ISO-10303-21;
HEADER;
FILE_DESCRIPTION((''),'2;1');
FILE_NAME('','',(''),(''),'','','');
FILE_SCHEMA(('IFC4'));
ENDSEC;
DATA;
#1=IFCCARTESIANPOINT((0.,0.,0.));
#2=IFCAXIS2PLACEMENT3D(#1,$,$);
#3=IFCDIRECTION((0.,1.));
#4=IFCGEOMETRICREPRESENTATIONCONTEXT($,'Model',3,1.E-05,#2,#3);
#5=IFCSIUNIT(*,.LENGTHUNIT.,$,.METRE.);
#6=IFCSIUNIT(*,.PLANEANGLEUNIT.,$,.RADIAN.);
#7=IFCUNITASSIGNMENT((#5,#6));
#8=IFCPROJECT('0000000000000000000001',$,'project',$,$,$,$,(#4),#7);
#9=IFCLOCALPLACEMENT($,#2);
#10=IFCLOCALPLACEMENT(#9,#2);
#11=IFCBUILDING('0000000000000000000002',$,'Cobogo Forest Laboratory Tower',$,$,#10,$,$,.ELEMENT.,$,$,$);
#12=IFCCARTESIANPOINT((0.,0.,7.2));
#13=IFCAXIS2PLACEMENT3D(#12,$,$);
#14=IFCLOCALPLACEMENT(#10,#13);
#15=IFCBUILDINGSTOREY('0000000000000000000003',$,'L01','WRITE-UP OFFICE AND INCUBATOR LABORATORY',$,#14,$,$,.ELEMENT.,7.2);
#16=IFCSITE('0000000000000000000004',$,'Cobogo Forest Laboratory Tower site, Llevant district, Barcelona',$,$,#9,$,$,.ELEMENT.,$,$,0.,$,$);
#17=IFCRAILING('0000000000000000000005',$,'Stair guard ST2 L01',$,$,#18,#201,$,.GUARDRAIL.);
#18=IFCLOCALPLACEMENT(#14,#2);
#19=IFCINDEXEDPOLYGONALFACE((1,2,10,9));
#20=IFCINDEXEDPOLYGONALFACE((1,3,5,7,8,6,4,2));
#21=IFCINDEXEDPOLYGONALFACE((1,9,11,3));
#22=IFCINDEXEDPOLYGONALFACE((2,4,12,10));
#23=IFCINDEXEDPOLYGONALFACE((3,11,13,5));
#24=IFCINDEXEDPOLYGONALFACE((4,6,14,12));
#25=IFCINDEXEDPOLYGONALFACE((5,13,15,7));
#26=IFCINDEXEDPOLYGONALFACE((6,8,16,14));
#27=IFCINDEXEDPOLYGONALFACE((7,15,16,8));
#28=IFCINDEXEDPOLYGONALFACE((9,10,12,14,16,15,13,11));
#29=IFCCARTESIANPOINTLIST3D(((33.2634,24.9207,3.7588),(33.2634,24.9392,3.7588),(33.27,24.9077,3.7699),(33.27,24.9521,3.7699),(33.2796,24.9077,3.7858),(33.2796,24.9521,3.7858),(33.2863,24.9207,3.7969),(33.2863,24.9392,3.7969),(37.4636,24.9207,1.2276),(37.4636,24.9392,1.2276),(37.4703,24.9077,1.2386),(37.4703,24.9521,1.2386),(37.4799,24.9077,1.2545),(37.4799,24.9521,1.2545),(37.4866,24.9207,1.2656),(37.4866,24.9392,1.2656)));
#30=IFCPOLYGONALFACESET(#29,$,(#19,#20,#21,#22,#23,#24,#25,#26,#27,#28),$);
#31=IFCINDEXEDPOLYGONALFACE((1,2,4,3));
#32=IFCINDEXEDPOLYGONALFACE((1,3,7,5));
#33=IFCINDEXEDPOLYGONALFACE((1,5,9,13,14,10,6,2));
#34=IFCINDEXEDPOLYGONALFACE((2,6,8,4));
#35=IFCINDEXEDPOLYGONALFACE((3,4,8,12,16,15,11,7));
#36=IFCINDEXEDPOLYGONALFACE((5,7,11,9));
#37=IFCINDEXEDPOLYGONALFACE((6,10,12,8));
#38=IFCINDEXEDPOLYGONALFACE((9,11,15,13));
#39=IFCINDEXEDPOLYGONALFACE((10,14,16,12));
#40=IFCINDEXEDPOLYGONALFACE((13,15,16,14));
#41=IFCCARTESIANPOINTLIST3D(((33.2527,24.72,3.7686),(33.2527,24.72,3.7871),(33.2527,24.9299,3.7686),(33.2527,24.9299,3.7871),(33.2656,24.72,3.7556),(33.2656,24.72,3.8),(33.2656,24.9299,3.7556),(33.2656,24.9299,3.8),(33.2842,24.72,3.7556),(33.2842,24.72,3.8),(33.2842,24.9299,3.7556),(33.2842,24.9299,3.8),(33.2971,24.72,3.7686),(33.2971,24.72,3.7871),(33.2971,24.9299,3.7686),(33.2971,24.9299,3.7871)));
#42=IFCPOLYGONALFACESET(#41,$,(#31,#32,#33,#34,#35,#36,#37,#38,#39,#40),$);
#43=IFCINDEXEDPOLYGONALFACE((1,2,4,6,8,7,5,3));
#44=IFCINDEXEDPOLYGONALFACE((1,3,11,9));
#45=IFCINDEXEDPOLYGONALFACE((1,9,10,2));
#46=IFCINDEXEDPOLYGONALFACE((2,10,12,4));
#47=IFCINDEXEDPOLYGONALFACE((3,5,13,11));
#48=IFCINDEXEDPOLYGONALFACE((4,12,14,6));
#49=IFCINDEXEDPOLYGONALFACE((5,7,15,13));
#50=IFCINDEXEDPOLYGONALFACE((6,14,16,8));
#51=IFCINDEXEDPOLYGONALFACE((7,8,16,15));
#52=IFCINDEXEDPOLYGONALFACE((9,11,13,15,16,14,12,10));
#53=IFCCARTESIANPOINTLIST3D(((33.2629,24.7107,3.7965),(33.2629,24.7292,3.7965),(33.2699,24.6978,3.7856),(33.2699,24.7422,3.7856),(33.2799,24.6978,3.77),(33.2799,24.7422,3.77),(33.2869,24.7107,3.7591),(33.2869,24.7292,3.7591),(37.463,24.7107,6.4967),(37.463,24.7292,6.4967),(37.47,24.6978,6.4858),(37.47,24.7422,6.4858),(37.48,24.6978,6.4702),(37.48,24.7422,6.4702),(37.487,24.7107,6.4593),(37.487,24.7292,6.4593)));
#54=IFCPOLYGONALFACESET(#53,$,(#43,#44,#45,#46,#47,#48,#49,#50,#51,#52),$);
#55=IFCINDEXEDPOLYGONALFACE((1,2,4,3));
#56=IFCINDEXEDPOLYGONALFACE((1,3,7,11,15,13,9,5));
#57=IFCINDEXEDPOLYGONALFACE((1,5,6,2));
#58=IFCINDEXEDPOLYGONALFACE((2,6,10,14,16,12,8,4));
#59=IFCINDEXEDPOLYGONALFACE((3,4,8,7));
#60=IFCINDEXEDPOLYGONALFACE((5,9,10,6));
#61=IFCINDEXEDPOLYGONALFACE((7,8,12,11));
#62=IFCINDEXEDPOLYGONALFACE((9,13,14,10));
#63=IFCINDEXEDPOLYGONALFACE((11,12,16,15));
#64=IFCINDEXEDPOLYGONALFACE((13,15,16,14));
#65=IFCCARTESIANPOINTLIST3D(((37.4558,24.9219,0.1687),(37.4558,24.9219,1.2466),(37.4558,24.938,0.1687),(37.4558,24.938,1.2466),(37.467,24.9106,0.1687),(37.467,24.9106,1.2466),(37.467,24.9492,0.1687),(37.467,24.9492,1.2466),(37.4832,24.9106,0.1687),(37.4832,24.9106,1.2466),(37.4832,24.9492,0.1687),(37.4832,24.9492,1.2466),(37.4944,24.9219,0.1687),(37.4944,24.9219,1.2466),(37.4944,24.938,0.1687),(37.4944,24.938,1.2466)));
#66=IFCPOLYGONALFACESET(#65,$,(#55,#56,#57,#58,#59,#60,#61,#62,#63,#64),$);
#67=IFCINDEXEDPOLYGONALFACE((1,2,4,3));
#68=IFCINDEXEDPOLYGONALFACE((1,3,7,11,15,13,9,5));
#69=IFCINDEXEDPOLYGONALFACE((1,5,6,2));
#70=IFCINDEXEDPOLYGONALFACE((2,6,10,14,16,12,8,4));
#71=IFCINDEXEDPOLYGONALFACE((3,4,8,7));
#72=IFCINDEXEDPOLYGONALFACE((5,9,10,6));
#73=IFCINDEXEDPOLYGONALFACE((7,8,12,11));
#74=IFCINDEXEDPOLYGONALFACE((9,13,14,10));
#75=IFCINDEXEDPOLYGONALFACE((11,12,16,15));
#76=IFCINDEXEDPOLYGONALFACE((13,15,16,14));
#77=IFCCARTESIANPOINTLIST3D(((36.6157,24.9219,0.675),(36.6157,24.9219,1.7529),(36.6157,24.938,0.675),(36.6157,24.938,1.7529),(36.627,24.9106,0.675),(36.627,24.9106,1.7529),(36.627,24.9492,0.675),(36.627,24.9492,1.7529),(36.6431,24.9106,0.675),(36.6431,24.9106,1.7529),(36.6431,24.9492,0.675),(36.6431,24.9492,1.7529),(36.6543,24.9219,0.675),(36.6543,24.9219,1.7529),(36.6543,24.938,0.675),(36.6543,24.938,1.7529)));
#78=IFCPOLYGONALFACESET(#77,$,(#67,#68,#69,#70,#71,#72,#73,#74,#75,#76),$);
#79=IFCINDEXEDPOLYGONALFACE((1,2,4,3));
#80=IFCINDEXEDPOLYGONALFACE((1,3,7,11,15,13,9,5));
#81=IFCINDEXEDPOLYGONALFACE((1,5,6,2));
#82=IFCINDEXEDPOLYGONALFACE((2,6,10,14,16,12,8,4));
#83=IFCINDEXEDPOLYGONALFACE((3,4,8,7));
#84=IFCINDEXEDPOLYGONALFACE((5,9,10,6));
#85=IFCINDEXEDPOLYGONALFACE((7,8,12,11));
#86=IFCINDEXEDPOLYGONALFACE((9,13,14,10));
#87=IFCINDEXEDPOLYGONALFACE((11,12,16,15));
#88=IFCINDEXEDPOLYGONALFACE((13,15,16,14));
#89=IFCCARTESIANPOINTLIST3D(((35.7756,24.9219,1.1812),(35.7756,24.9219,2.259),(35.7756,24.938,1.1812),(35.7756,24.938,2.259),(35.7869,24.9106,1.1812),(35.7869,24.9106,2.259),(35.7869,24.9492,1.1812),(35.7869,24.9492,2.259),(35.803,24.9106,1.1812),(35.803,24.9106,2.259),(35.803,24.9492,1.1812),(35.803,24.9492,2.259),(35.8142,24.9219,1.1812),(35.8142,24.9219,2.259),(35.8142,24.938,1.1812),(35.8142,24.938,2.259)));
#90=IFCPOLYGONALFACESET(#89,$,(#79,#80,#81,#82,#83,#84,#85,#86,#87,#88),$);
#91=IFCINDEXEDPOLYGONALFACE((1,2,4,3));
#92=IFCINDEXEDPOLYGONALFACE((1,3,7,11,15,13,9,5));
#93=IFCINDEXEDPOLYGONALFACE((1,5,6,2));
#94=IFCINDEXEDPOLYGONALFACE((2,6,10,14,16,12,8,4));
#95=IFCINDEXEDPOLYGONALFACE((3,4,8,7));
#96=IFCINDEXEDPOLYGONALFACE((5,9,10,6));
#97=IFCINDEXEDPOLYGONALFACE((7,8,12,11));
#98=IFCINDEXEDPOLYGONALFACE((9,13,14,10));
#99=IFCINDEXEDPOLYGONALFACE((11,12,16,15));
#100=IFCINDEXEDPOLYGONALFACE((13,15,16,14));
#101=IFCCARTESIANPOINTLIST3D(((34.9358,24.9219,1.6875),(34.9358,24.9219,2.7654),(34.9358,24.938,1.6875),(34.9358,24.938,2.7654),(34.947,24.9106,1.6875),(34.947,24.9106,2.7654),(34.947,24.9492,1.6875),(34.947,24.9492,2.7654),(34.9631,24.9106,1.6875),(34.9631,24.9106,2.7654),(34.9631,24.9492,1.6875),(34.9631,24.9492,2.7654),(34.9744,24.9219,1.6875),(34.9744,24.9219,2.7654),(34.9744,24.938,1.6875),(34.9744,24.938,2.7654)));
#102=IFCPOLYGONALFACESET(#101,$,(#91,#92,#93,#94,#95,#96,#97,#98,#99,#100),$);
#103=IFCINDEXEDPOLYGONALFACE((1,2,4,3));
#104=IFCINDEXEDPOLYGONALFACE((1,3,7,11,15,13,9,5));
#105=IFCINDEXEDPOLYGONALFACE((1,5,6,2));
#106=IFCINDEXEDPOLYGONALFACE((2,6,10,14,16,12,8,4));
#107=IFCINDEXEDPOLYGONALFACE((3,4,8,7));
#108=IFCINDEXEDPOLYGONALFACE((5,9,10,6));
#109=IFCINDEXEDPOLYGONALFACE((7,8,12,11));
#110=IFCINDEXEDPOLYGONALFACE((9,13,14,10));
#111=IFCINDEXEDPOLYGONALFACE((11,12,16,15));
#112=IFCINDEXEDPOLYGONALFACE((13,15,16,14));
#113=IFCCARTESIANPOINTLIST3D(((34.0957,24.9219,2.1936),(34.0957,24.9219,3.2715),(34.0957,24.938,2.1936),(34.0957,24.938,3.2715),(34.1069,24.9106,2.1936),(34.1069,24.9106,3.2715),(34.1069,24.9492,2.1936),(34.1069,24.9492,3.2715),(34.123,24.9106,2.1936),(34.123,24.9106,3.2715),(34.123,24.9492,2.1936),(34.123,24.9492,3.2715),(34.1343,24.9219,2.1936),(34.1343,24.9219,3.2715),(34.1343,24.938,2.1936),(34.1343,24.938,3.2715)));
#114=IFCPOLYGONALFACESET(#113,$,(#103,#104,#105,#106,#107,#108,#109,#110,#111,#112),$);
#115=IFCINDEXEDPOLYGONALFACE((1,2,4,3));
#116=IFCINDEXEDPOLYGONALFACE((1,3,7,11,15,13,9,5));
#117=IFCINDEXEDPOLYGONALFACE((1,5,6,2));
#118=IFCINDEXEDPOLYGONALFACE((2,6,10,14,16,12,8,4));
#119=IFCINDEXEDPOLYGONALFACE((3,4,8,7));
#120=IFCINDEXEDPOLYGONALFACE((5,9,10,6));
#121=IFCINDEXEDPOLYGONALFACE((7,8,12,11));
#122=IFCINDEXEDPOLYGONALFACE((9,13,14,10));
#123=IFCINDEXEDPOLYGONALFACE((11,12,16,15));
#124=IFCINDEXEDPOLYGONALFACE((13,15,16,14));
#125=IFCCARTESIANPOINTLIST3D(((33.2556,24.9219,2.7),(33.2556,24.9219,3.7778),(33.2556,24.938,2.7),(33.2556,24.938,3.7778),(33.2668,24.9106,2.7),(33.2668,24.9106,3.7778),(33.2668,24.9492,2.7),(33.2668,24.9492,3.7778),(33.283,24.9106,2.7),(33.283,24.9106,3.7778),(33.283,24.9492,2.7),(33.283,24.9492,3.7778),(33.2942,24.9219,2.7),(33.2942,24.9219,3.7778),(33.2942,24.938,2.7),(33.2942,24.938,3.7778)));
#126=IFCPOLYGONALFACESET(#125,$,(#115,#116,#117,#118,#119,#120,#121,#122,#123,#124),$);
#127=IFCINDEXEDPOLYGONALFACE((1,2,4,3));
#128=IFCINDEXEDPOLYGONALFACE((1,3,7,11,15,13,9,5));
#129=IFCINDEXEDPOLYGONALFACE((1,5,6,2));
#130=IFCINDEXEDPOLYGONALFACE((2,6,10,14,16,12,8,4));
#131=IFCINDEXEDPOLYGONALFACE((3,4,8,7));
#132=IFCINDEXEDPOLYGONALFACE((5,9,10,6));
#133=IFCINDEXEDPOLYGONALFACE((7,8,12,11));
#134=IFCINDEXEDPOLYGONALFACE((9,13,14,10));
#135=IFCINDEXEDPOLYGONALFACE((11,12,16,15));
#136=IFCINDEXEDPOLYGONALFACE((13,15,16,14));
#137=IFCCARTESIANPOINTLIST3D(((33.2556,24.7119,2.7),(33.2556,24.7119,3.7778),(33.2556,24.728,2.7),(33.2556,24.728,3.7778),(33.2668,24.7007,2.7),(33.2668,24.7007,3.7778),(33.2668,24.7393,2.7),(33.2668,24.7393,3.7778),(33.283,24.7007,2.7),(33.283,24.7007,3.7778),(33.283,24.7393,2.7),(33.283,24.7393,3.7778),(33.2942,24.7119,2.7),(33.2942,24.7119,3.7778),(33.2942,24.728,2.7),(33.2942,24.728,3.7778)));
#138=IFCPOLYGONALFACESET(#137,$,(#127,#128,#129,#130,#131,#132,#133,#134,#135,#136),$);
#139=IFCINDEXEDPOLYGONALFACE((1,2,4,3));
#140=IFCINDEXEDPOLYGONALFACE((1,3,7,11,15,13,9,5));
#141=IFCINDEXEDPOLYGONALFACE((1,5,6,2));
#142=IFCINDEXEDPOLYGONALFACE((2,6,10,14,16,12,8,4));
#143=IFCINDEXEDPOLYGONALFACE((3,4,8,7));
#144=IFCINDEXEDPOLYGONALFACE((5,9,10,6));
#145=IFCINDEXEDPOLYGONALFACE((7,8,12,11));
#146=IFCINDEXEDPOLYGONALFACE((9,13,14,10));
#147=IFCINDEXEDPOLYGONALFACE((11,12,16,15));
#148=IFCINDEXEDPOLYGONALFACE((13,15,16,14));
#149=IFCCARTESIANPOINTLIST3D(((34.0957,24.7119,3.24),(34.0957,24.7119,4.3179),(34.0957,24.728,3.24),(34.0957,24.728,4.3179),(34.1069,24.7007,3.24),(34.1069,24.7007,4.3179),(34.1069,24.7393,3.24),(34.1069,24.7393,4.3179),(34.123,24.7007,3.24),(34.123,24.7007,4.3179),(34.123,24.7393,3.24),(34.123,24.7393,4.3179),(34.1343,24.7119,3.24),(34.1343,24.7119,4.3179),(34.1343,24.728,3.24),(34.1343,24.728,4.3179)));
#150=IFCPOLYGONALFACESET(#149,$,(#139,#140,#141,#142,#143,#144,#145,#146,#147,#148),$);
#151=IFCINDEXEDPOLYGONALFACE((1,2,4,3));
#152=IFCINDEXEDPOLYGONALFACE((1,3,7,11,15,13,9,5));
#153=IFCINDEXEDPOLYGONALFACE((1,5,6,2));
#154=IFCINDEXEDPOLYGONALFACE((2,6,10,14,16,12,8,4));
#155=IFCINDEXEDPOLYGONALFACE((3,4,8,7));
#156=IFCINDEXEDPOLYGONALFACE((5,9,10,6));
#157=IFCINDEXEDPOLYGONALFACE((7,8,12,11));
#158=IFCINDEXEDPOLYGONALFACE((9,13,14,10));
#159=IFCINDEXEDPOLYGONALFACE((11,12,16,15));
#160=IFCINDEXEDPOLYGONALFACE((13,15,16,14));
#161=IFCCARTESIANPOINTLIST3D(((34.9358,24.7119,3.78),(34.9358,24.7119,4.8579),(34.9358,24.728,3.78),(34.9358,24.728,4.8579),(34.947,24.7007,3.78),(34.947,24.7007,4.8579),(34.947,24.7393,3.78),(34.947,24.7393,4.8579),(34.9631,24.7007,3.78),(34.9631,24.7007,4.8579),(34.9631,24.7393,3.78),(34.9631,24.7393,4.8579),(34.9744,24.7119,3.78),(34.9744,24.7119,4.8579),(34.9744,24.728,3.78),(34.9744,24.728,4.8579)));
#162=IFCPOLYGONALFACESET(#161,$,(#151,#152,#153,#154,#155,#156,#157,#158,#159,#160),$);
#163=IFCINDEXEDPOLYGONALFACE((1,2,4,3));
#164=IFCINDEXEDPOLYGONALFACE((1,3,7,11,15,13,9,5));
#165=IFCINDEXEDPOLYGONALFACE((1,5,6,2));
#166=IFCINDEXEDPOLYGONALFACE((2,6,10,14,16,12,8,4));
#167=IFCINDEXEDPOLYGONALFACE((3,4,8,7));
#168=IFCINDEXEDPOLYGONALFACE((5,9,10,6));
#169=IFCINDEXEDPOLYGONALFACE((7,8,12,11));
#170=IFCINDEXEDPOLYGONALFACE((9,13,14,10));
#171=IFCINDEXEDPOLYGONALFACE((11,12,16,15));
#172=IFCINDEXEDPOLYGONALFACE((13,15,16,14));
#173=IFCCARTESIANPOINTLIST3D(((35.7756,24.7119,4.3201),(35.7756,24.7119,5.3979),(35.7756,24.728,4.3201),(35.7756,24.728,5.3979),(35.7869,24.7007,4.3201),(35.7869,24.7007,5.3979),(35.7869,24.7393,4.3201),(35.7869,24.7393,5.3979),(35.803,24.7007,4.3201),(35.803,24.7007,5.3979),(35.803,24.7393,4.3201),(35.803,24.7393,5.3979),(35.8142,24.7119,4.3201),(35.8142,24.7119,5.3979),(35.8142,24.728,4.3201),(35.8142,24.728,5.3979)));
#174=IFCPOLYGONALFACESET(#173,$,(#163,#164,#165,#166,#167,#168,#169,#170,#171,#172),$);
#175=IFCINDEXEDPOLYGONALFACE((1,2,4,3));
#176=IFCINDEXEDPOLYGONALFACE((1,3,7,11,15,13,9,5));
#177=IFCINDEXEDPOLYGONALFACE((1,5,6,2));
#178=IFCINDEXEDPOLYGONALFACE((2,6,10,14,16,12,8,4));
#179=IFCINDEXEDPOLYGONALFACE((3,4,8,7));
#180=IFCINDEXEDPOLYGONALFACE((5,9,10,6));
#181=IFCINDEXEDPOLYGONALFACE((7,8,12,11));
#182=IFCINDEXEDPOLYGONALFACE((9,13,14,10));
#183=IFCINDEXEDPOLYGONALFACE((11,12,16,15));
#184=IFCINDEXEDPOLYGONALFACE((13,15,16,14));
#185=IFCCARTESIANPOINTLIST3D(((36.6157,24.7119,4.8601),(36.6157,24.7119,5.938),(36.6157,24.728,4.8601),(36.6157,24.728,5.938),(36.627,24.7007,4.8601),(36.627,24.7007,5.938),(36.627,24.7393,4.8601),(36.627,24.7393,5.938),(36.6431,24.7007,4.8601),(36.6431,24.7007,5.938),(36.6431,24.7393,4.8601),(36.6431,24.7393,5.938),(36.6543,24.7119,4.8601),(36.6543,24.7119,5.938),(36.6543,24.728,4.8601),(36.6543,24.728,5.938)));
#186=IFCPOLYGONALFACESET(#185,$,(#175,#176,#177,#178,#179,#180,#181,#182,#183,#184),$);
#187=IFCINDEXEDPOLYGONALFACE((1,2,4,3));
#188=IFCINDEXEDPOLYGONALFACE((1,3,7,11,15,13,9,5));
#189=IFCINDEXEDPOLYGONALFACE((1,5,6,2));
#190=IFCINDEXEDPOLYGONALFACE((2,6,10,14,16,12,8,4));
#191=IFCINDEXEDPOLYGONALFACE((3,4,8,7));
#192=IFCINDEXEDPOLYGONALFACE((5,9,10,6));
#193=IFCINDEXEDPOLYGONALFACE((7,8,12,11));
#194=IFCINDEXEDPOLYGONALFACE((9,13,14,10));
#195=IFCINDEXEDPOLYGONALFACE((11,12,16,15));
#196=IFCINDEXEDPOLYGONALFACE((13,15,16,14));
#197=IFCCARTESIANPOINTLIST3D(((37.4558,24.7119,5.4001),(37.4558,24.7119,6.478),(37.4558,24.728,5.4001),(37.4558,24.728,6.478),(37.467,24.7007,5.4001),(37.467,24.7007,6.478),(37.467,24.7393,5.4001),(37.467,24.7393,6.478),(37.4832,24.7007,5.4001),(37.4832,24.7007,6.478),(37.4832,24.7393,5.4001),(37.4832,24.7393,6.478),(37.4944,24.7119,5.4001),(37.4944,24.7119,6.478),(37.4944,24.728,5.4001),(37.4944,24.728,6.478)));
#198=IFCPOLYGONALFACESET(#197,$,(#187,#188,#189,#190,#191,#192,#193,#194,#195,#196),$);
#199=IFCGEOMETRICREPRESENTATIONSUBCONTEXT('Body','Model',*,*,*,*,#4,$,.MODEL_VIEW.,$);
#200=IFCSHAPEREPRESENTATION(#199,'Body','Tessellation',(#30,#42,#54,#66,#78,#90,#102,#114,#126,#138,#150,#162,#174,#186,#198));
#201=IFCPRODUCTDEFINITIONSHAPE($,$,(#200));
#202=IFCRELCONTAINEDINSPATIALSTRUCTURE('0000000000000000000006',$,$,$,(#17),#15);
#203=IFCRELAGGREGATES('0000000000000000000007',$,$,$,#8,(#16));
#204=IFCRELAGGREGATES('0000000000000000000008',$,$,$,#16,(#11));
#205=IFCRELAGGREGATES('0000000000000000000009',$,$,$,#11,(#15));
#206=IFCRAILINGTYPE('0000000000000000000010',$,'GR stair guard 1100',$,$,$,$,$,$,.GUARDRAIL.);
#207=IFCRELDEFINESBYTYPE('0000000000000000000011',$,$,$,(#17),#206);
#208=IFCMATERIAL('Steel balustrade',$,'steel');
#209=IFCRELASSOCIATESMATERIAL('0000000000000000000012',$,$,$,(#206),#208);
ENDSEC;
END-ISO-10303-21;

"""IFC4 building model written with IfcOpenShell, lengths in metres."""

from ifc_helpers import new_model, si_unit, direction, frame, origin, place, context, subcontext, project, spatial, polyline, outline, extrude, material, type_object, element, save


model = new_model("IFC4")

# Units and contexts
model_context = context("Model", 3, precision=1e-05, world=origin(), true_north=direction((0.0, 1.0)))
body_context = subcontext(model_context, "Body", "Model", "MODEL_VIEW")
ifc_project = project(units=[si_unit("LENGTHUNIT", "METRE"), si_unit("PLANEANGLEUNIT", "RADIAN")], contexts=[model_context])

# Site, building, storey
site_placement = place(None, origin())
site = spatial("IfcSite", under=ifc_project, at=site_placement, Name="Cobogo Forest Laboratory Tower site, Llevant district, Barcelona", CompositionType="ELEMENT", RefElevation=0.0)
building_placement = place(site_placement, origin())
building = spatial("IfcBuilding", under=site, at=building_placement, Name="Cobogo Forest Laboratory Tower", CompositionType="ELEMENT")
storey_placement = place(building_placement, frame((0.0, 0.0, 7.2)))
storey = spatial("IfcBuildingStorey", under=building, at=storey_placement, Name="L01", Description="WRITE-UP OFFICE AND INCUBATOR LABORATORY", CompositionType="ELEMENT", Elevation=7.2)

# Railing
ifc_material_1 = material(Name="Steel balustrade", Category="steel")
railing_type_1 = type_object("IfcRailingType", Name="GR stair guard 1100", PredefinedType="GUARDRAIL", material=ifc_material_1)
railing_1_placement = place(storey_placement, frame((37.4751, 24.9299, 0.1687)))
element("IfcRailing", 1, at=railing_1_placement, inside=storey, type_object=railing_type_1, Name="Stair guard ST2 L01", PredefinedType="GUARDRAIL", context=body_context, shape_type="SweptSolid", body=[
    extrude(outline(polyline([(0.0222, 0.0093), (0.0093, 0.0222), (-0.0093, 0.0222), (-0.0222, 0.0093), (-0.0222, -0.0093), (-0.0093, -0.0222), (0.0093, -0.0222), (0.0222, -0.0093), (0.0222, 0.0093)])), frame((0.0, 0.0, 1.0779), z_axis=(-0.85649, 0.0, 0.516164), x_axis=(0.0, -1.0, 0.0)), (0.0, 0.0, 1.0), 4.9041),
    extrude(outline(polyline([(0.0222, 0.0093), (0.0093, 0.0222), (-0.0093, 0.0222), (-0.0222, 0.0093), (-0.0222, -0.0093), (-0.0093, -0.0222), (0.0093, -0.0222), (0.0222, -0.0093), (0.0222, 0.0093)])), frame((-4.2002, 0.0, 3.6091), z_axis=(0.0, -1.0, 0.0), x_axis=(1.0, 0.0, 0.0)), (0.0, 0.0, 1.0), 0.21),
    extrude(outline(polyline([(0.0222, 0.0093), (0.0093, 0.0222), (-0.0093, 0.0222), (-0.0222, 0.0093), (-0.0222, -0.0093), (-0.0093, -0.0222), (0.0093, -0.0222), (0.0222, -0.0093), (0.0222, 0.0093)])), frame((-4.2002, -0.21, 3.6091), z_axis=(0.841172, 0.0, 0.540767), x_axis=(0.0, 1.0, 0.0)), (0.0, 0.0, 1.0), 4.9932),
    extrude(outline(polyline([(0.0193, 0.0081), (0.0081, 0.0193), (-0.0081, 0.0193), (-0.0193, 0.0081), (-0.0193, -0.0081), (-0.0081, -0.0193), (0.0081, -0.0193), (0.0193, -0.0081), (0.0193, 0.0081)])), origin(), (0.0, 0.0, 1.0), 1.0779),
    extrude(outline(polyline([(0.0193, 0.0081), (0.0081, 0.0193), (-0.0081, 0.0193), (-0.0193, 0.0081), (-0.0193, -0.0081), (-0.0081, -0.0193), (0.0081, -0.0193), (0.0193, -0.0081), (0.0193, 0.0081)])), frame((-0.8401, 0.0, 0.5063)), (0.0, 0.0, 1.0), 1.0779),
    extrude(outline(polyline([(0.0193, 0.0081), (0.0081, 0.0193), (-0.0081, 0.0193), (-0.0193, 0.0081), (-0.0193, -0.0081), (-0.0081, -0.0193), (0.0081, -0.0193), (0.0193, -0.0081), (0.0193, 0.0081)])), frame((-1.6802, 0.0, 1.0125)), (0.0, 0.0, 1.0), 1.0779),
    extrude(outline(polyline([(0.0193, 0.0081), (0.0081, 0.0193), (-0.0081, 0.0193), (-0.0193, 0.0081), (-0.0193, -0.0081), (-0.0081, -0.0193), (0.0081, -0.0193), (0.0193, -0.0081), (0.0193, 0.0081)])), frame((-2.52, 0.0, 1.5188)), (0.0, 0.0, 1.0), 1.0779),
    extrude(outline(polyline([(0.0193, 0.0081), (0.0081, 0.0193), (-0.0081, 0.0193), (-0.0193, 0.0081), (-0.0193, -0.0081), (-0.0081, -0.0193), (0.0081, -0.0193), (0.0193, -0.0081), (0.0193, 0.0081)])), frame((-3.3601, 0.0, 2.0249)), (0.0, 0.0, 1.0), 1.0779),
    extrude(outline(polyline([(0.0193, 0.0081), (0.0081, 0.0193), (-0.0081, 0.0193), (-0.0193, 0.0081), (-0.0193, -0.0081), (-0.0081, -0.0193), (0.0081, -0.0193), (0.0193, -0.0081), (0.0193, 0.0081)])), frame((-4.2002, 0.0, 2.5312)), (0.0, 0.0, 1.0), 1.0779),
    extrude(outline(polyline([(0.0193, 0.0081), (0.0081, 0.0193), (-0.0081, 0.0193), (-0.0193, 0.0081), (-0.0193, -0.0081), (-0.0081, -0.0193), (0.0081, -0.0193), (0.0193, -0.0081), (0.0193, 0.0081)])), frame((-4.2002, -0.21, 2.5312)), (0.0, 0.0, 1.0), 1.0779),
    extrude(outline(polyline([(0.0193, 0.0081), (0.0081, 0.0193), (-0.0081, 0.0193), (-0.0193, 0.0081), (-0.0193, -0.0081), (-0.0081, -0.0193), (0.0081, -0.0193), (0.0193, -0.0081), (0.0193, 0.0081)])), frame((-3.3601, -0.21, 3.0713)), (0.0, 0.0, 1.0), 1.0779),
    extrude(outline(polyline([(0.0193, 0.0081), (0.0081, 0.0193), (-0.0081, 0.0193), (-0.0193, 0.0081), (-0.0193, -0.0081), (-0.0081, -0.0193), (0.0081, -0.0193), (0.0193, -0.0081), (0.0193, 0.0081)])), frame((-2.52, -0.21, 3.6113)), (0.0, 0.0, 1.0), 1.0779),
    extrude(outline(polyline([(0.0193, 0.0081), (0.0081, 0.0193), (-0.0081, 0.0193), (-0.0193, 0.0081), (-0.0193, -0.0081), (-0.0081, -0.0193), (0.0081, -0.0193), (0.0193, -0.0081), (0.0193, 0.0081)])), frame((-1.6802, -0.21, 4.1514)), (0.0, 0.0, 1.0), 1.0779),
    extrude(outline(polyline([(0.0193, 0.0081), (0.0081, 0.0193), (-0.0081, 0.0193), (-0.0193, 0.0081), (-0.0193, -0.0081), (-0.0081, -0.0193), (0.0081, -0.0193), (0.0193, -0.0081), (0.0193, 0.0081)])), frame((-0.8401, -0.21, 4.6914)), (0.0, 0.0, 1.0), 1.0779),
    extrude(outline(polyline([(0.0193, 0.0081), (0.0081, 0.0193), (-0.0081, 0.0193), (-0.0193, 0.0081), (-0.0193, -0.0081), (-0.0081, -0.0193), (0.0081, -0.0193), (0.0193, -0.0081), (0.0193, 0.0081)])), frame((0.0, -0.21, 5.2314)), (0.0, 0.0, 1.0), 1.0779),
])

save(model, "model.ifc")
